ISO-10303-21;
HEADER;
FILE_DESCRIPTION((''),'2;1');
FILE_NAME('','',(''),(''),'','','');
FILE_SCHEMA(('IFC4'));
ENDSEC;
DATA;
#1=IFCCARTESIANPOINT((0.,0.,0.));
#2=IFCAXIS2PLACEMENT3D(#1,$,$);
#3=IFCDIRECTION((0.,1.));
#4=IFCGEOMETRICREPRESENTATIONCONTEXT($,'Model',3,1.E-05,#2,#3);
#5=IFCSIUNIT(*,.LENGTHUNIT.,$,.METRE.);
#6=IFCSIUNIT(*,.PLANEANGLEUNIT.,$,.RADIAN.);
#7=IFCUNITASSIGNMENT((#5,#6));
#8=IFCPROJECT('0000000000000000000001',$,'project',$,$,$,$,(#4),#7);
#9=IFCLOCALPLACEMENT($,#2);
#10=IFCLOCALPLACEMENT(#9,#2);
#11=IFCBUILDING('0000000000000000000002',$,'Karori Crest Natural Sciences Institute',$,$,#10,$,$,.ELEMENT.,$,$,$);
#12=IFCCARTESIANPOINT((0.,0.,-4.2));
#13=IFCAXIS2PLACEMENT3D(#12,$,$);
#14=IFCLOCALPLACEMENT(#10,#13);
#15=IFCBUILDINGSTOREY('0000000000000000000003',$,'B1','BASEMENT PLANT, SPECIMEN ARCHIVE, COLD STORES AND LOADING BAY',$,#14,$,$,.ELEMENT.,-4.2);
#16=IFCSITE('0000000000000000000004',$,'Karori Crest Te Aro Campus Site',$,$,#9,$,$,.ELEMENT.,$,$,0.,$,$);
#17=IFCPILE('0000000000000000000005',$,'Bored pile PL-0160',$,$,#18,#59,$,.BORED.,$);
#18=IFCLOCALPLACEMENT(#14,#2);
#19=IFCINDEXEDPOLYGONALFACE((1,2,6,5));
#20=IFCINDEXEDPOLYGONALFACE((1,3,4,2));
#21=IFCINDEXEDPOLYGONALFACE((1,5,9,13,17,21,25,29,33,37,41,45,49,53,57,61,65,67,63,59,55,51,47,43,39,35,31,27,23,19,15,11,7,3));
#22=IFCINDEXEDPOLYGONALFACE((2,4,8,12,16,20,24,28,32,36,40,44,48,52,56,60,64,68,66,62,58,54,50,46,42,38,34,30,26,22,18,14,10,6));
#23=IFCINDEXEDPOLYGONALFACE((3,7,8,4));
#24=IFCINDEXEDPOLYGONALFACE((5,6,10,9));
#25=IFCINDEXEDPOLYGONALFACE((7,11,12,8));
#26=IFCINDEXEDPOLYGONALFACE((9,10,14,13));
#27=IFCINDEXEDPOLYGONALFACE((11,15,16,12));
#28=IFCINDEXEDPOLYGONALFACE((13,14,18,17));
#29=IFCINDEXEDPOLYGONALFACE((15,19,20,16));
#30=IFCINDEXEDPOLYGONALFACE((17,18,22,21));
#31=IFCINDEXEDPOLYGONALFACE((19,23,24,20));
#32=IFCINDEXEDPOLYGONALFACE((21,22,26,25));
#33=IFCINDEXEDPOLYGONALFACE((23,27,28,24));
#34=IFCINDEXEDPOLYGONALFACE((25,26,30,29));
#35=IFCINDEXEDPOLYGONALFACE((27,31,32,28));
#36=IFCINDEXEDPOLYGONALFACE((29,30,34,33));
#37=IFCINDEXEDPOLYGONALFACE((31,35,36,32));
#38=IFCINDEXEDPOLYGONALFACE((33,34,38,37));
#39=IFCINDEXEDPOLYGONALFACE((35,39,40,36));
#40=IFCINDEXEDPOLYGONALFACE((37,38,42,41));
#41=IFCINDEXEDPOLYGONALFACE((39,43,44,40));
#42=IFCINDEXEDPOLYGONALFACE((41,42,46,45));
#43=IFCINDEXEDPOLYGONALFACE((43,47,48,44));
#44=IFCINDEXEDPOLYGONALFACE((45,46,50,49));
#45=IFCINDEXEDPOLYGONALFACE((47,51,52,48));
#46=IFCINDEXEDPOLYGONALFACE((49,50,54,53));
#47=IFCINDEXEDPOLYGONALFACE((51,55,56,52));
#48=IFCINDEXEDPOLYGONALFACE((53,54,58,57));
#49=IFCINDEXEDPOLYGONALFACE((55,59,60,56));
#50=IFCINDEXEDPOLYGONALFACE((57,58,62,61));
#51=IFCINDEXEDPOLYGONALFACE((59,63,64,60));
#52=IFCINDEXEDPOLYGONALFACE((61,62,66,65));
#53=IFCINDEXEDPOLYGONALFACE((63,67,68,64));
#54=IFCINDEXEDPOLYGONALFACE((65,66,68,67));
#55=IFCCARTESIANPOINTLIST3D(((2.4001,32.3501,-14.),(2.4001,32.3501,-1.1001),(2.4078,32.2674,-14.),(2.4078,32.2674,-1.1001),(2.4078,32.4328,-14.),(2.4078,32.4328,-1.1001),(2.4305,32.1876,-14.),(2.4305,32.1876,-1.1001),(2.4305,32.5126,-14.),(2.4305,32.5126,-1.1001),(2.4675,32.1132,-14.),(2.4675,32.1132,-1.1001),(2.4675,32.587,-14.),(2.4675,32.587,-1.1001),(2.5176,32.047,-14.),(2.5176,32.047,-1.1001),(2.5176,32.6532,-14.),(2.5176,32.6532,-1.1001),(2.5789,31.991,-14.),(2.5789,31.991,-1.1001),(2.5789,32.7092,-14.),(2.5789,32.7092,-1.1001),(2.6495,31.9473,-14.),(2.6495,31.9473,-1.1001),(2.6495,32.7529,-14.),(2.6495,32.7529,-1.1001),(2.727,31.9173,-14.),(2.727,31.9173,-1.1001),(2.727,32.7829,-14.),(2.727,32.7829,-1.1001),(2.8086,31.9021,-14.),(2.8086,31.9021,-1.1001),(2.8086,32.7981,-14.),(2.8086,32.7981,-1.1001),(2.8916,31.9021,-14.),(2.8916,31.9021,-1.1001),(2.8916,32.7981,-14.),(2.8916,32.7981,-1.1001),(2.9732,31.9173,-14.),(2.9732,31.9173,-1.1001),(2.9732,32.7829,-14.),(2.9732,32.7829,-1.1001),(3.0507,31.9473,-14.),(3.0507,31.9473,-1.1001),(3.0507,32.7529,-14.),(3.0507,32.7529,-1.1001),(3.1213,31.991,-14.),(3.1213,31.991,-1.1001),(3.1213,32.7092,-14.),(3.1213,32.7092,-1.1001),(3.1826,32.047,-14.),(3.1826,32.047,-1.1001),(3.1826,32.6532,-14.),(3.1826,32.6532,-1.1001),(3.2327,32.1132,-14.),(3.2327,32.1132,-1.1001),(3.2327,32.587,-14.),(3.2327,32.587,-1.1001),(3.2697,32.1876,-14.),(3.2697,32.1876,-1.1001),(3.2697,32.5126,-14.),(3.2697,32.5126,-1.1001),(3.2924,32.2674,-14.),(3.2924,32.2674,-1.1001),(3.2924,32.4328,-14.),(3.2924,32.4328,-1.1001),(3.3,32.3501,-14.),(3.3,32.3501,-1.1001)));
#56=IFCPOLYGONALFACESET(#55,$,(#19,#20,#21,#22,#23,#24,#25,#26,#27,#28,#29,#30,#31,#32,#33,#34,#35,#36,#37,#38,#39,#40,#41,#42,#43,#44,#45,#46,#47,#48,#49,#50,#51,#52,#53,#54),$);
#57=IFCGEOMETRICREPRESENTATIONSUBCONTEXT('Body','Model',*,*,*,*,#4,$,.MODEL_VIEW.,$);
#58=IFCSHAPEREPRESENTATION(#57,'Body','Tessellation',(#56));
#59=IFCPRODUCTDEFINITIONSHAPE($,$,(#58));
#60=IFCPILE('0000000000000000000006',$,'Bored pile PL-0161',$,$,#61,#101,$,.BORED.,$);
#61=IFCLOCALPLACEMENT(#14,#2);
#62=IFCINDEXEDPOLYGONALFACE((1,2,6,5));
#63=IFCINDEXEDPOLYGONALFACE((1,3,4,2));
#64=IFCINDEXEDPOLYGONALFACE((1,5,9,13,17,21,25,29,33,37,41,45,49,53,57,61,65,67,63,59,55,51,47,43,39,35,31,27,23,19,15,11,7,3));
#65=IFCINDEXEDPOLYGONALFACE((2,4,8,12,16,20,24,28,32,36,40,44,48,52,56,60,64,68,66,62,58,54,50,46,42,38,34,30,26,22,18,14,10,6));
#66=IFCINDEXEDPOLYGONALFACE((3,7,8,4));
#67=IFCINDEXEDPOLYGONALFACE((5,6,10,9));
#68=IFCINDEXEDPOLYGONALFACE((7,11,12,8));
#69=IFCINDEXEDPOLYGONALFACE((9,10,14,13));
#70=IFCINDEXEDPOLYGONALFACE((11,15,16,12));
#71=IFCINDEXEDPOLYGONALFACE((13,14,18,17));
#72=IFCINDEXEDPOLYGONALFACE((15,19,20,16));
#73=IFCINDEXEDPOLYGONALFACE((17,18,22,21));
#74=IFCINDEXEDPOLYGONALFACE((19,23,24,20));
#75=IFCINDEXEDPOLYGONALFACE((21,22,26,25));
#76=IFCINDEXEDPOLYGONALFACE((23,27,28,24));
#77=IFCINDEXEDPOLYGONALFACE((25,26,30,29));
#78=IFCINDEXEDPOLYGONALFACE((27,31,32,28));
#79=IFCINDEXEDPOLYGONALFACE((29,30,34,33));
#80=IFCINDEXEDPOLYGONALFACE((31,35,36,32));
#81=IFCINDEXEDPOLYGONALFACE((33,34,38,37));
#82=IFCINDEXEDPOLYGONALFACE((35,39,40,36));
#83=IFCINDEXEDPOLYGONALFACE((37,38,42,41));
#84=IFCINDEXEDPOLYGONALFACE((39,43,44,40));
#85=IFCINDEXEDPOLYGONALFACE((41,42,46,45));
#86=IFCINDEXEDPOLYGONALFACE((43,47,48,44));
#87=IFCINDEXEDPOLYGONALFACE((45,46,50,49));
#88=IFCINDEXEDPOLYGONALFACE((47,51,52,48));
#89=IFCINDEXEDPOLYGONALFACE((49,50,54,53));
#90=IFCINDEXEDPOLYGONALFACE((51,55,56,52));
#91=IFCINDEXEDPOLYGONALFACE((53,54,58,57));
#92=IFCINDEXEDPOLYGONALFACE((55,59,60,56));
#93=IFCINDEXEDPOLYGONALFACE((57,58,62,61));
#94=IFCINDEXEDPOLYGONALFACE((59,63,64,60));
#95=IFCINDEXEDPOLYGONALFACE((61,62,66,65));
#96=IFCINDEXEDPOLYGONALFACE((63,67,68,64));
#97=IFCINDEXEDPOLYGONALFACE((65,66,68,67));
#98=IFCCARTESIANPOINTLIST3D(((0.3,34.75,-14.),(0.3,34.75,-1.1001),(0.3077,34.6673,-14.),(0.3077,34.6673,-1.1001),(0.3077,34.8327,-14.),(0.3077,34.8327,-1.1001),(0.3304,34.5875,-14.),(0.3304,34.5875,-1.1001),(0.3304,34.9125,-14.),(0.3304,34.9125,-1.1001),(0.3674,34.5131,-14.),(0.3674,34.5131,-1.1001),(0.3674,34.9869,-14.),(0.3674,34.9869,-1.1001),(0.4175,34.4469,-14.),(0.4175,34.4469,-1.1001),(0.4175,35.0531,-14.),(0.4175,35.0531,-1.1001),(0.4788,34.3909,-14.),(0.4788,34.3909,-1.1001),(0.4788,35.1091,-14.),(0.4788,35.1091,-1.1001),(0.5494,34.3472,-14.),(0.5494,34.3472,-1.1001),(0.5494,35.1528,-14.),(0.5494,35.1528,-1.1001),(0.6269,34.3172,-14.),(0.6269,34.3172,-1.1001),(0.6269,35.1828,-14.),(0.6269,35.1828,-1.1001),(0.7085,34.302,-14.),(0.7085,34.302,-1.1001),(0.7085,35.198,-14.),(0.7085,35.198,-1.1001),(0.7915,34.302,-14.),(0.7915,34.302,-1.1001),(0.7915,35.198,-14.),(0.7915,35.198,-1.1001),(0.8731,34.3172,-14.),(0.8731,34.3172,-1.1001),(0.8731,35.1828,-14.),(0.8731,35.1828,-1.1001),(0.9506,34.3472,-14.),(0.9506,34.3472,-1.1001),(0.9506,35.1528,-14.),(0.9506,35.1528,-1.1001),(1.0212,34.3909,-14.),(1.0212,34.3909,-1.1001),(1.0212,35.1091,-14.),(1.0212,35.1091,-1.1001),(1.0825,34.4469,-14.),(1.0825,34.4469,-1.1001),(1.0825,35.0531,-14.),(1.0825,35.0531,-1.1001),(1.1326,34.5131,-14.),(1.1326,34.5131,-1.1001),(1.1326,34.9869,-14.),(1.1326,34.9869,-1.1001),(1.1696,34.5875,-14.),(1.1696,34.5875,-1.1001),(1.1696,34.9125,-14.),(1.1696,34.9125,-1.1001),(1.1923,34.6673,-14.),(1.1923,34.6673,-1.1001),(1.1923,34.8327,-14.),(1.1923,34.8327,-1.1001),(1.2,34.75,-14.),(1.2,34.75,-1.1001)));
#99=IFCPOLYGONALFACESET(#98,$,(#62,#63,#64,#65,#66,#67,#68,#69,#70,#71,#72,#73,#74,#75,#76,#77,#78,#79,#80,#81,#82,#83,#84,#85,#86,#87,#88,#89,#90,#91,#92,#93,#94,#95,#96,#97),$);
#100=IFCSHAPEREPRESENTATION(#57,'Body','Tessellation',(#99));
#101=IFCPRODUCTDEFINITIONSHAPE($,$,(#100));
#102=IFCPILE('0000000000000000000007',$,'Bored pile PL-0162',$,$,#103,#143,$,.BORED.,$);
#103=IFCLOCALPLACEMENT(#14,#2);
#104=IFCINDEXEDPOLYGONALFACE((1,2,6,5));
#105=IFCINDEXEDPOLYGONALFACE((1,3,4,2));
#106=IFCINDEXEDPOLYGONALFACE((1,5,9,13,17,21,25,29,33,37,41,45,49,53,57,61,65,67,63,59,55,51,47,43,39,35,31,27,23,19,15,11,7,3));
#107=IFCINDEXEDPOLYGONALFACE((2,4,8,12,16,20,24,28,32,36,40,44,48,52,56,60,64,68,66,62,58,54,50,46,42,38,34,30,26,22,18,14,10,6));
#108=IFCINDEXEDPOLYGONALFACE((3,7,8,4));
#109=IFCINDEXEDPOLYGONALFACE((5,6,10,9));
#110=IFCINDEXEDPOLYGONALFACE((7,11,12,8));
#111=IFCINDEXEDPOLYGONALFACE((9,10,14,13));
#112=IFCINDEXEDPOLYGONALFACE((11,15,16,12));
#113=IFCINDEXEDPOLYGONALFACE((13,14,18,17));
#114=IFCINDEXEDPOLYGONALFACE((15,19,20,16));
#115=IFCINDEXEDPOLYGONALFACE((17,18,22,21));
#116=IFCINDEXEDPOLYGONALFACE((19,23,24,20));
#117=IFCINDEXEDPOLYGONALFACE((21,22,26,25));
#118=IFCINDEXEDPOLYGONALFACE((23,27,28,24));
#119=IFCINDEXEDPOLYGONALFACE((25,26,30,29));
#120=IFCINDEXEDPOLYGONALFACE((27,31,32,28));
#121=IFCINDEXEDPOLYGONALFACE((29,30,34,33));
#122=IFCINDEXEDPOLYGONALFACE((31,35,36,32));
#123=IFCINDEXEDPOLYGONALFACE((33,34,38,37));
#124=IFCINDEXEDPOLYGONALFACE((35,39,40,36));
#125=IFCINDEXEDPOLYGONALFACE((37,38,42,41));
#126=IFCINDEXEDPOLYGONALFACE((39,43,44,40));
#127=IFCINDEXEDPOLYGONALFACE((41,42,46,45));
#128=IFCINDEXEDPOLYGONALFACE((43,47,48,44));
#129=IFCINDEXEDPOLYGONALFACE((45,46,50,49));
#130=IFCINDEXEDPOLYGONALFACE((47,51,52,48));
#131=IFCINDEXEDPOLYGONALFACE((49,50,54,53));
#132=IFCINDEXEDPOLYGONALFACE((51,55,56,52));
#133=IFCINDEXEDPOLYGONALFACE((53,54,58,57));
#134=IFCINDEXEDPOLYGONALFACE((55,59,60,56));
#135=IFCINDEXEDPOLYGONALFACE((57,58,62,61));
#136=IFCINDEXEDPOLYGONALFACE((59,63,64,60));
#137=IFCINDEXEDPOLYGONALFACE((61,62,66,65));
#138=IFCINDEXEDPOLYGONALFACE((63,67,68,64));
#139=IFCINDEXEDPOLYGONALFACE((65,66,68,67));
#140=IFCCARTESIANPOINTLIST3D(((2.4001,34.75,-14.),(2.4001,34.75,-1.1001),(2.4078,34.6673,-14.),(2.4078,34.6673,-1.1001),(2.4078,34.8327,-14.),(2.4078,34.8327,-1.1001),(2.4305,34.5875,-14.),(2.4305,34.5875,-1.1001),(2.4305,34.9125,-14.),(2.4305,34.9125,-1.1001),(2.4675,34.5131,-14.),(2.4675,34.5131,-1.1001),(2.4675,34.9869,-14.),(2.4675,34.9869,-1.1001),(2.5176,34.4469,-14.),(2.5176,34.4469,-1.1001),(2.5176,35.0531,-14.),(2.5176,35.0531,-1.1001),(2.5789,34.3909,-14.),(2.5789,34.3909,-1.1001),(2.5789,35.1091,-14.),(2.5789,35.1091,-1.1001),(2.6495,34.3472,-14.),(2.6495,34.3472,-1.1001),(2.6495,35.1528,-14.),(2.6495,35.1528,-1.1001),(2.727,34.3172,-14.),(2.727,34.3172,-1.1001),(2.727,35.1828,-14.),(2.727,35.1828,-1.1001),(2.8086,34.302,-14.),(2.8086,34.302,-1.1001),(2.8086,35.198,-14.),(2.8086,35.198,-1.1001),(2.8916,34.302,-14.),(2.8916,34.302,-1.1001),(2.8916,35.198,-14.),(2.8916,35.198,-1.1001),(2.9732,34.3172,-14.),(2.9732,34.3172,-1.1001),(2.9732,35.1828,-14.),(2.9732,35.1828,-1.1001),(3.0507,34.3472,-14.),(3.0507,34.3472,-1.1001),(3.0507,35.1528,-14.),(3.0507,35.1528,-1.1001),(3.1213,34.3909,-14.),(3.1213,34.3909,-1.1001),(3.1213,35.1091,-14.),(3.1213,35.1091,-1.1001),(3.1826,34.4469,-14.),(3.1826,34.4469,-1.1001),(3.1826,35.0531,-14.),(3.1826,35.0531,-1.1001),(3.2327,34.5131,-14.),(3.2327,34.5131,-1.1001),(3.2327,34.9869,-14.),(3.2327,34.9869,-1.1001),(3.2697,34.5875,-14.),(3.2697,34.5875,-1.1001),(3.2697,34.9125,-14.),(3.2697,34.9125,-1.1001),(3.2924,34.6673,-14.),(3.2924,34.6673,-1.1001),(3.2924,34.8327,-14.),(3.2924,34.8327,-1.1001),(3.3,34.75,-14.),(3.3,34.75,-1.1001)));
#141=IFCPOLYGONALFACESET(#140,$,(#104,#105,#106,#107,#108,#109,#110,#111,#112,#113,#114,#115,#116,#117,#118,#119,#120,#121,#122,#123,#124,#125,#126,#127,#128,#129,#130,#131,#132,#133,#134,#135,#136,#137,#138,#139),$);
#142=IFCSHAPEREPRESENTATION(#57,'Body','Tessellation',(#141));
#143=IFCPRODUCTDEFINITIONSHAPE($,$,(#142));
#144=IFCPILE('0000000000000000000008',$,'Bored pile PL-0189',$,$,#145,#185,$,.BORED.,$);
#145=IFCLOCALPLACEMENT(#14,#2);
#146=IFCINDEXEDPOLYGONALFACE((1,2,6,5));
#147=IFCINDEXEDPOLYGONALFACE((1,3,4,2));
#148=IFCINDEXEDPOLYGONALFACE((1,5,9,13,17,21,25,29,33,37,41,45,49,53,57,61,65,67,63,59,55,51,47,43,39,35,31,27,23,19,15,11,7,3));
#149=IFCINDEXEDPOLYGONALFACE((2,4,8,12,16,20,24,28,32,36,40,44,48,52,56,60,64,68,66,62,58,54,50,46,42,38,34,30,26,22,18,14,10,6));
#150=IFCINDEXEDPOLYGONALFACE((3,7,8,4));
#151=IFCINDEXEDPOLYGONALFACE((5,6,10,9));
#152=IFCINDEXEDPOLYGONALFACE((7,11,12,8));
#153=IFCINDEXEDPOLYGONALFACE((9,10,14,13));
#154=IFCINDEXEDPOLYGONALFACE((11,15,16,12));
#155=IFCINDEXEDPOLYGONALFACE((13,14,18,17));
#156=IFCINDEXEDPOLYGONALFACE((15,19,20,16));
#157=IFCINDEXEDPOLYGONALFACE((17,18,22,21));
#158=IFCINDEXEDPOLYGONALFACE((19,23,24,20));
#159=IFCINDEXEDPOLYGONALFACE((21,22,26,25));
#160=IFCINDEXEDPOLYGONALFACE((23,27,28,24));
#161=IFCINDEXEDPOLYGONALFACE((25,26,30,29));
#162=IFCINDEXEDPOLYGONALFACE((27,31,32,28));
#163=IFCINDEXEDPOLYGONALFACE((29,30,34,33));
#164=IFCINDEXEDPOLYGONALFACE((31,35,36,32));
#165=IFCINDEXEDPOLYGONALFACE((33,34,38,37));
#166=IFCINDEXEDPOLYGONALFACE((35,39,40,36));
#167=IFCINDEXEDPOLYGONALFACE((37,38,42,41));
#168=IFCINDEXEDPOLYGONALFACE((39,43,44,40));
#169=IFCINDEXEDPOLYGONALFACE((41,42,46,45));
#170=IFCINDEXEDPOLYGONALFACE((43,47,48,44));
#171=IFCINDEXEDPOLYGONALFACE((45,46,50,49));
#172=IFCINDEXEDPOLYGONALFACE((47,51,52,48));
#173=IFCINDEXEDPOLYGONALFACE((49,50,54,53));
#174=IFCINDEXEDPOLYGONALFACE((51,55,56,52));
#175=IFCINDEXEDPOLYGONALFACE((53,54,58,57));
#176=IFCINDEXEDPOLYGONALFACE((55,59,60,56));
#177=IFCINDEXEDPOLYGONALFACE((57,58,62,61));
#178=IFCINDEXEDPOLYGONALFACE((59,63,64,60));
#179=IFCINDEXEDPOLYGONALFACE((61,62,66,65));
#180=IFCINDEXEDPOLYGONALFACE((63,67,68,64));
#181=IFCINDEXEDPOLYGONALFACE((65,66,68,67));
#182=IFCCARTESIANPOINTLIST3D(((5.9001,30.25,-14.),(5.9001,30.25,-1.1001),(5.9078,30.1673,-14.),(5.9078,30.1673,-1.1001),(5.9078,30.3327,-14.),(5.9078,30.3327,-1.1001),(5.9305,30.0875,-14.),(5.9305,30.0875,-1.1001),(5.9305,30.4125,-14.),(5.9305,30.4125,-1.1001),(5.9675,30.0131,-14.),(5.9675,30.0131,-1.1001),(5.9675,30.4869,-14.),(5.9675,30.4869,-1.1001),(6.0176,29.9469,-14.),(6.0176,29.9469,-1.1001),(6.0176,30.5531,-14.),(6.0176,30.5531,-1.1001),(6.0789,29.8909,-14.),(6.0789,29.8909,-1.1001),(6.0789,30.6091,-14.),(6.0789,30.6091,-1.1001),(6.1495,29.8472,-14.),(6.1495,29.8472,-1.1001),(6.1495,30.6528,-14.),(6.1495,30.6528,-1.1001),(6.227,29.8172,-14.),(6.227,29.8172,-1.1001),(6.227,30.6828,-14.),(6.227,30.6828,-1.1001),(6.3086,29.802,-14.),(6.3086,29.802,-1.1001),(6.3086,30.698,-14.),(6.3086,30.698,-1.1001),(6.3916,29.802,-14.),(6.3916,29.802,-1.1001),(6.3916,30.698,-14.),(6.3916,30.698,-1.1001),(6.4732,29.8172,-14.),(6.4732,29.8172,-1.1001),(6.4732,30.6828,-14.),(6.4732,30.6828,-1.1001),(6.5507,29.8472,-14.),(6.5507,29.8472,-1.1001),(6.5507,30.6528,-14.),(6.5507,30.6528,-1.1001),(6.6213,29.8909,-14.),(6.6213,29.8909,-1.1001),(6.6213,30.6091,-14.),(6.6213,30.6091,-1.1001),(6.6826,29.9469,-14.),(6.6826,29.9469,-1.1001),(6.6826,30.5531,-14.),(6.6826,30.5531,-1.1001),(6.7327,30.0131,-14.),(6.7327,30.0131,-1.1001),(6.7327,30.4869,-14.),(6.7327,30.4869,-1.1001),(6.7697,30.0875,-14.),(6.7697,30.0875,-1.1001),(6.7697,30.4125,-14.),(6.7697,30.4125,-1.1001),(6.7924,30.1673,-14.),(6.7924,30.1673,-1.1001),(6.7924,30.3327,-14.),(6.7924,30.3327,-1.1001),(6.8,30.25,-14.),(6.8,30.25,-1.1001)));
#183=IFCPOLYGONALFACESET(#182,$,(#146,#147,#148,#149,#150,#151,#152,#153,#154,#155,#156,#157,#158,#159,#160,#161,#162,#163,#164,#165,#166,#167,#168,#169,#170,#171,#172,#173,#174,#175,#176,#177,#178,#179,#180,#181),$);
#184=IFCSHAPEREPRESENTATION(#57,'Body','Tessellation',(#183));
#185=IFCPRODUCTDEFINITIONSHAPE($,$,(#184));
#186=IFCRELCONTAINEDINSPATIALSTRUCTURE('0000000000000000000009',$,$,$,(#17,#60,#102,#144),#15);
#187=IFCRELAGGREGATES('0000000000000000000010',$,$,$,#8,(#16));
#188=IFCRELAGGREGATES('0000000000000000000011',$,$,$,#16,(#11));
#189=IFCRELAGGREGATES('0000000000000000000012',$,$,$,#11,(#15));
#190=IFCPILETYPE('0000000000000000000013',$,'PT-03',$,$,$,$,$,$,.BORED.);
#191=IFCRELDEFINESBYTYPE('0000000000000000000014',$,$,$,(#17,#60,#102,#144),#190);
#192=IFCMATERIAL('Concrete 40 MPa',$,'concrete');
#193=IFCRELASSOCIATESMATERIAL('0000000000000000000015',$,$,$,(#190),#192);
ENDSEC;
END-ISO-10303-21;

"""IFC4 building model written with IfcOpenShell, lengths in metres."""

from ifc_helpers import new_model, si_unit, direction, frame, origin, origin_2d, place, context, subcontext, project, spatial, circle, extrude, material, material_profile, profile_set, type_object, element, save


model = new_model("IFC4")

# Units and contexts
model_context = context("Model", 3, precision=1e-05, world=origin(), true_north=direction((0.0, 1.0)))
body_context = subcontext(model_context, "Body", "Model", "MODEL_VIEW")
ifc_project = project(units=[si_unit("LENGTHUNIT", "METRE"), si_unit("PLANEANGLEUNIT", "RADIAN")], contexts=[model_context])

# Site, building, storey
site_placement = place(None, origin())
site = spatial("IfcSite", under=ifc_project, at=site_placement, Name="Karori Crest Te Aro Campus Site", CompositionType="ELEMENT", RefElevation=0.0)
building_placement = place(site_placement, origin())
building = spatial("IfcBuilding", under=site, at=building_placement, Name="Karori Crest Natural Sciences Institute", CompositionType="ELEMENT")
storey_placement = place(building_placement, frame((0.0, 0.0, -4.2)))
storey = spatial("IfcBuildingStorey", under=building, at=storey_placement, Name="B1", Description="BASEMENT PLANT, SPECIMEN ARCHIVE, COLD STORES AND LOADING BAY", CompositionType="ELEMENT", Elevation=-4.2)

# Shared definitions
ifc_material_1 = material(Name="Concrete 40 MPa", Category="concrete")

# Piles
ifc_material_profile_1 = material_profile(ifc_material_1, circle(Radius=0.45, at=origin_2d()), Name="PILE900")
ifc_profile_set_1 = profile_set([ifc_material_profile_1], Name="Concrete 40 MPa")
pile_type_1 = type_object("IfcPileType", Name="PT-03", PredefinedType="BORED", material=ifc_profile_set_1)
for number, where, z_axis, x_axis, name in (
    (1, (2.8501, 32.3501, -1.1001), (0.0, 0.0, -1.0), (1.0, 0.0, 0.0), "Bored pile PL-0160"),
    (2, (0.75, 34.75, -1.1001), (0.0, 0.0, -1.0), (1.0, 0.0, 0.0), "Bored pile PL-0161"),
    (3, (2.8501, 34.75, -1.1001), (0.0, 0.0, -1.0), (1.0, 0.0, 0.0), "Bored pile PL-0162"),
    (4, (6.3501, 30.25, -1.1001), (0.0, 0.0, -1.0), (1.0, 0.0, 0.0), "Bored pile PL-0189"),
):
    element("IfcPile", number, at=place(storey_placement, frame(where, z_axis=z_axis, x_axis=x_axis)), inside=storey, type_object=pile_type_1, Name=name, PredefinedType="BORED", context=body_context, shape_type="SweptSolid", body=[
        extrude(circle(Radius=0.45, at=origin_2d()), origin(), (0.0, 0.0, 1.0), 12.8999),
    ])

save(model, "model.ifc")
